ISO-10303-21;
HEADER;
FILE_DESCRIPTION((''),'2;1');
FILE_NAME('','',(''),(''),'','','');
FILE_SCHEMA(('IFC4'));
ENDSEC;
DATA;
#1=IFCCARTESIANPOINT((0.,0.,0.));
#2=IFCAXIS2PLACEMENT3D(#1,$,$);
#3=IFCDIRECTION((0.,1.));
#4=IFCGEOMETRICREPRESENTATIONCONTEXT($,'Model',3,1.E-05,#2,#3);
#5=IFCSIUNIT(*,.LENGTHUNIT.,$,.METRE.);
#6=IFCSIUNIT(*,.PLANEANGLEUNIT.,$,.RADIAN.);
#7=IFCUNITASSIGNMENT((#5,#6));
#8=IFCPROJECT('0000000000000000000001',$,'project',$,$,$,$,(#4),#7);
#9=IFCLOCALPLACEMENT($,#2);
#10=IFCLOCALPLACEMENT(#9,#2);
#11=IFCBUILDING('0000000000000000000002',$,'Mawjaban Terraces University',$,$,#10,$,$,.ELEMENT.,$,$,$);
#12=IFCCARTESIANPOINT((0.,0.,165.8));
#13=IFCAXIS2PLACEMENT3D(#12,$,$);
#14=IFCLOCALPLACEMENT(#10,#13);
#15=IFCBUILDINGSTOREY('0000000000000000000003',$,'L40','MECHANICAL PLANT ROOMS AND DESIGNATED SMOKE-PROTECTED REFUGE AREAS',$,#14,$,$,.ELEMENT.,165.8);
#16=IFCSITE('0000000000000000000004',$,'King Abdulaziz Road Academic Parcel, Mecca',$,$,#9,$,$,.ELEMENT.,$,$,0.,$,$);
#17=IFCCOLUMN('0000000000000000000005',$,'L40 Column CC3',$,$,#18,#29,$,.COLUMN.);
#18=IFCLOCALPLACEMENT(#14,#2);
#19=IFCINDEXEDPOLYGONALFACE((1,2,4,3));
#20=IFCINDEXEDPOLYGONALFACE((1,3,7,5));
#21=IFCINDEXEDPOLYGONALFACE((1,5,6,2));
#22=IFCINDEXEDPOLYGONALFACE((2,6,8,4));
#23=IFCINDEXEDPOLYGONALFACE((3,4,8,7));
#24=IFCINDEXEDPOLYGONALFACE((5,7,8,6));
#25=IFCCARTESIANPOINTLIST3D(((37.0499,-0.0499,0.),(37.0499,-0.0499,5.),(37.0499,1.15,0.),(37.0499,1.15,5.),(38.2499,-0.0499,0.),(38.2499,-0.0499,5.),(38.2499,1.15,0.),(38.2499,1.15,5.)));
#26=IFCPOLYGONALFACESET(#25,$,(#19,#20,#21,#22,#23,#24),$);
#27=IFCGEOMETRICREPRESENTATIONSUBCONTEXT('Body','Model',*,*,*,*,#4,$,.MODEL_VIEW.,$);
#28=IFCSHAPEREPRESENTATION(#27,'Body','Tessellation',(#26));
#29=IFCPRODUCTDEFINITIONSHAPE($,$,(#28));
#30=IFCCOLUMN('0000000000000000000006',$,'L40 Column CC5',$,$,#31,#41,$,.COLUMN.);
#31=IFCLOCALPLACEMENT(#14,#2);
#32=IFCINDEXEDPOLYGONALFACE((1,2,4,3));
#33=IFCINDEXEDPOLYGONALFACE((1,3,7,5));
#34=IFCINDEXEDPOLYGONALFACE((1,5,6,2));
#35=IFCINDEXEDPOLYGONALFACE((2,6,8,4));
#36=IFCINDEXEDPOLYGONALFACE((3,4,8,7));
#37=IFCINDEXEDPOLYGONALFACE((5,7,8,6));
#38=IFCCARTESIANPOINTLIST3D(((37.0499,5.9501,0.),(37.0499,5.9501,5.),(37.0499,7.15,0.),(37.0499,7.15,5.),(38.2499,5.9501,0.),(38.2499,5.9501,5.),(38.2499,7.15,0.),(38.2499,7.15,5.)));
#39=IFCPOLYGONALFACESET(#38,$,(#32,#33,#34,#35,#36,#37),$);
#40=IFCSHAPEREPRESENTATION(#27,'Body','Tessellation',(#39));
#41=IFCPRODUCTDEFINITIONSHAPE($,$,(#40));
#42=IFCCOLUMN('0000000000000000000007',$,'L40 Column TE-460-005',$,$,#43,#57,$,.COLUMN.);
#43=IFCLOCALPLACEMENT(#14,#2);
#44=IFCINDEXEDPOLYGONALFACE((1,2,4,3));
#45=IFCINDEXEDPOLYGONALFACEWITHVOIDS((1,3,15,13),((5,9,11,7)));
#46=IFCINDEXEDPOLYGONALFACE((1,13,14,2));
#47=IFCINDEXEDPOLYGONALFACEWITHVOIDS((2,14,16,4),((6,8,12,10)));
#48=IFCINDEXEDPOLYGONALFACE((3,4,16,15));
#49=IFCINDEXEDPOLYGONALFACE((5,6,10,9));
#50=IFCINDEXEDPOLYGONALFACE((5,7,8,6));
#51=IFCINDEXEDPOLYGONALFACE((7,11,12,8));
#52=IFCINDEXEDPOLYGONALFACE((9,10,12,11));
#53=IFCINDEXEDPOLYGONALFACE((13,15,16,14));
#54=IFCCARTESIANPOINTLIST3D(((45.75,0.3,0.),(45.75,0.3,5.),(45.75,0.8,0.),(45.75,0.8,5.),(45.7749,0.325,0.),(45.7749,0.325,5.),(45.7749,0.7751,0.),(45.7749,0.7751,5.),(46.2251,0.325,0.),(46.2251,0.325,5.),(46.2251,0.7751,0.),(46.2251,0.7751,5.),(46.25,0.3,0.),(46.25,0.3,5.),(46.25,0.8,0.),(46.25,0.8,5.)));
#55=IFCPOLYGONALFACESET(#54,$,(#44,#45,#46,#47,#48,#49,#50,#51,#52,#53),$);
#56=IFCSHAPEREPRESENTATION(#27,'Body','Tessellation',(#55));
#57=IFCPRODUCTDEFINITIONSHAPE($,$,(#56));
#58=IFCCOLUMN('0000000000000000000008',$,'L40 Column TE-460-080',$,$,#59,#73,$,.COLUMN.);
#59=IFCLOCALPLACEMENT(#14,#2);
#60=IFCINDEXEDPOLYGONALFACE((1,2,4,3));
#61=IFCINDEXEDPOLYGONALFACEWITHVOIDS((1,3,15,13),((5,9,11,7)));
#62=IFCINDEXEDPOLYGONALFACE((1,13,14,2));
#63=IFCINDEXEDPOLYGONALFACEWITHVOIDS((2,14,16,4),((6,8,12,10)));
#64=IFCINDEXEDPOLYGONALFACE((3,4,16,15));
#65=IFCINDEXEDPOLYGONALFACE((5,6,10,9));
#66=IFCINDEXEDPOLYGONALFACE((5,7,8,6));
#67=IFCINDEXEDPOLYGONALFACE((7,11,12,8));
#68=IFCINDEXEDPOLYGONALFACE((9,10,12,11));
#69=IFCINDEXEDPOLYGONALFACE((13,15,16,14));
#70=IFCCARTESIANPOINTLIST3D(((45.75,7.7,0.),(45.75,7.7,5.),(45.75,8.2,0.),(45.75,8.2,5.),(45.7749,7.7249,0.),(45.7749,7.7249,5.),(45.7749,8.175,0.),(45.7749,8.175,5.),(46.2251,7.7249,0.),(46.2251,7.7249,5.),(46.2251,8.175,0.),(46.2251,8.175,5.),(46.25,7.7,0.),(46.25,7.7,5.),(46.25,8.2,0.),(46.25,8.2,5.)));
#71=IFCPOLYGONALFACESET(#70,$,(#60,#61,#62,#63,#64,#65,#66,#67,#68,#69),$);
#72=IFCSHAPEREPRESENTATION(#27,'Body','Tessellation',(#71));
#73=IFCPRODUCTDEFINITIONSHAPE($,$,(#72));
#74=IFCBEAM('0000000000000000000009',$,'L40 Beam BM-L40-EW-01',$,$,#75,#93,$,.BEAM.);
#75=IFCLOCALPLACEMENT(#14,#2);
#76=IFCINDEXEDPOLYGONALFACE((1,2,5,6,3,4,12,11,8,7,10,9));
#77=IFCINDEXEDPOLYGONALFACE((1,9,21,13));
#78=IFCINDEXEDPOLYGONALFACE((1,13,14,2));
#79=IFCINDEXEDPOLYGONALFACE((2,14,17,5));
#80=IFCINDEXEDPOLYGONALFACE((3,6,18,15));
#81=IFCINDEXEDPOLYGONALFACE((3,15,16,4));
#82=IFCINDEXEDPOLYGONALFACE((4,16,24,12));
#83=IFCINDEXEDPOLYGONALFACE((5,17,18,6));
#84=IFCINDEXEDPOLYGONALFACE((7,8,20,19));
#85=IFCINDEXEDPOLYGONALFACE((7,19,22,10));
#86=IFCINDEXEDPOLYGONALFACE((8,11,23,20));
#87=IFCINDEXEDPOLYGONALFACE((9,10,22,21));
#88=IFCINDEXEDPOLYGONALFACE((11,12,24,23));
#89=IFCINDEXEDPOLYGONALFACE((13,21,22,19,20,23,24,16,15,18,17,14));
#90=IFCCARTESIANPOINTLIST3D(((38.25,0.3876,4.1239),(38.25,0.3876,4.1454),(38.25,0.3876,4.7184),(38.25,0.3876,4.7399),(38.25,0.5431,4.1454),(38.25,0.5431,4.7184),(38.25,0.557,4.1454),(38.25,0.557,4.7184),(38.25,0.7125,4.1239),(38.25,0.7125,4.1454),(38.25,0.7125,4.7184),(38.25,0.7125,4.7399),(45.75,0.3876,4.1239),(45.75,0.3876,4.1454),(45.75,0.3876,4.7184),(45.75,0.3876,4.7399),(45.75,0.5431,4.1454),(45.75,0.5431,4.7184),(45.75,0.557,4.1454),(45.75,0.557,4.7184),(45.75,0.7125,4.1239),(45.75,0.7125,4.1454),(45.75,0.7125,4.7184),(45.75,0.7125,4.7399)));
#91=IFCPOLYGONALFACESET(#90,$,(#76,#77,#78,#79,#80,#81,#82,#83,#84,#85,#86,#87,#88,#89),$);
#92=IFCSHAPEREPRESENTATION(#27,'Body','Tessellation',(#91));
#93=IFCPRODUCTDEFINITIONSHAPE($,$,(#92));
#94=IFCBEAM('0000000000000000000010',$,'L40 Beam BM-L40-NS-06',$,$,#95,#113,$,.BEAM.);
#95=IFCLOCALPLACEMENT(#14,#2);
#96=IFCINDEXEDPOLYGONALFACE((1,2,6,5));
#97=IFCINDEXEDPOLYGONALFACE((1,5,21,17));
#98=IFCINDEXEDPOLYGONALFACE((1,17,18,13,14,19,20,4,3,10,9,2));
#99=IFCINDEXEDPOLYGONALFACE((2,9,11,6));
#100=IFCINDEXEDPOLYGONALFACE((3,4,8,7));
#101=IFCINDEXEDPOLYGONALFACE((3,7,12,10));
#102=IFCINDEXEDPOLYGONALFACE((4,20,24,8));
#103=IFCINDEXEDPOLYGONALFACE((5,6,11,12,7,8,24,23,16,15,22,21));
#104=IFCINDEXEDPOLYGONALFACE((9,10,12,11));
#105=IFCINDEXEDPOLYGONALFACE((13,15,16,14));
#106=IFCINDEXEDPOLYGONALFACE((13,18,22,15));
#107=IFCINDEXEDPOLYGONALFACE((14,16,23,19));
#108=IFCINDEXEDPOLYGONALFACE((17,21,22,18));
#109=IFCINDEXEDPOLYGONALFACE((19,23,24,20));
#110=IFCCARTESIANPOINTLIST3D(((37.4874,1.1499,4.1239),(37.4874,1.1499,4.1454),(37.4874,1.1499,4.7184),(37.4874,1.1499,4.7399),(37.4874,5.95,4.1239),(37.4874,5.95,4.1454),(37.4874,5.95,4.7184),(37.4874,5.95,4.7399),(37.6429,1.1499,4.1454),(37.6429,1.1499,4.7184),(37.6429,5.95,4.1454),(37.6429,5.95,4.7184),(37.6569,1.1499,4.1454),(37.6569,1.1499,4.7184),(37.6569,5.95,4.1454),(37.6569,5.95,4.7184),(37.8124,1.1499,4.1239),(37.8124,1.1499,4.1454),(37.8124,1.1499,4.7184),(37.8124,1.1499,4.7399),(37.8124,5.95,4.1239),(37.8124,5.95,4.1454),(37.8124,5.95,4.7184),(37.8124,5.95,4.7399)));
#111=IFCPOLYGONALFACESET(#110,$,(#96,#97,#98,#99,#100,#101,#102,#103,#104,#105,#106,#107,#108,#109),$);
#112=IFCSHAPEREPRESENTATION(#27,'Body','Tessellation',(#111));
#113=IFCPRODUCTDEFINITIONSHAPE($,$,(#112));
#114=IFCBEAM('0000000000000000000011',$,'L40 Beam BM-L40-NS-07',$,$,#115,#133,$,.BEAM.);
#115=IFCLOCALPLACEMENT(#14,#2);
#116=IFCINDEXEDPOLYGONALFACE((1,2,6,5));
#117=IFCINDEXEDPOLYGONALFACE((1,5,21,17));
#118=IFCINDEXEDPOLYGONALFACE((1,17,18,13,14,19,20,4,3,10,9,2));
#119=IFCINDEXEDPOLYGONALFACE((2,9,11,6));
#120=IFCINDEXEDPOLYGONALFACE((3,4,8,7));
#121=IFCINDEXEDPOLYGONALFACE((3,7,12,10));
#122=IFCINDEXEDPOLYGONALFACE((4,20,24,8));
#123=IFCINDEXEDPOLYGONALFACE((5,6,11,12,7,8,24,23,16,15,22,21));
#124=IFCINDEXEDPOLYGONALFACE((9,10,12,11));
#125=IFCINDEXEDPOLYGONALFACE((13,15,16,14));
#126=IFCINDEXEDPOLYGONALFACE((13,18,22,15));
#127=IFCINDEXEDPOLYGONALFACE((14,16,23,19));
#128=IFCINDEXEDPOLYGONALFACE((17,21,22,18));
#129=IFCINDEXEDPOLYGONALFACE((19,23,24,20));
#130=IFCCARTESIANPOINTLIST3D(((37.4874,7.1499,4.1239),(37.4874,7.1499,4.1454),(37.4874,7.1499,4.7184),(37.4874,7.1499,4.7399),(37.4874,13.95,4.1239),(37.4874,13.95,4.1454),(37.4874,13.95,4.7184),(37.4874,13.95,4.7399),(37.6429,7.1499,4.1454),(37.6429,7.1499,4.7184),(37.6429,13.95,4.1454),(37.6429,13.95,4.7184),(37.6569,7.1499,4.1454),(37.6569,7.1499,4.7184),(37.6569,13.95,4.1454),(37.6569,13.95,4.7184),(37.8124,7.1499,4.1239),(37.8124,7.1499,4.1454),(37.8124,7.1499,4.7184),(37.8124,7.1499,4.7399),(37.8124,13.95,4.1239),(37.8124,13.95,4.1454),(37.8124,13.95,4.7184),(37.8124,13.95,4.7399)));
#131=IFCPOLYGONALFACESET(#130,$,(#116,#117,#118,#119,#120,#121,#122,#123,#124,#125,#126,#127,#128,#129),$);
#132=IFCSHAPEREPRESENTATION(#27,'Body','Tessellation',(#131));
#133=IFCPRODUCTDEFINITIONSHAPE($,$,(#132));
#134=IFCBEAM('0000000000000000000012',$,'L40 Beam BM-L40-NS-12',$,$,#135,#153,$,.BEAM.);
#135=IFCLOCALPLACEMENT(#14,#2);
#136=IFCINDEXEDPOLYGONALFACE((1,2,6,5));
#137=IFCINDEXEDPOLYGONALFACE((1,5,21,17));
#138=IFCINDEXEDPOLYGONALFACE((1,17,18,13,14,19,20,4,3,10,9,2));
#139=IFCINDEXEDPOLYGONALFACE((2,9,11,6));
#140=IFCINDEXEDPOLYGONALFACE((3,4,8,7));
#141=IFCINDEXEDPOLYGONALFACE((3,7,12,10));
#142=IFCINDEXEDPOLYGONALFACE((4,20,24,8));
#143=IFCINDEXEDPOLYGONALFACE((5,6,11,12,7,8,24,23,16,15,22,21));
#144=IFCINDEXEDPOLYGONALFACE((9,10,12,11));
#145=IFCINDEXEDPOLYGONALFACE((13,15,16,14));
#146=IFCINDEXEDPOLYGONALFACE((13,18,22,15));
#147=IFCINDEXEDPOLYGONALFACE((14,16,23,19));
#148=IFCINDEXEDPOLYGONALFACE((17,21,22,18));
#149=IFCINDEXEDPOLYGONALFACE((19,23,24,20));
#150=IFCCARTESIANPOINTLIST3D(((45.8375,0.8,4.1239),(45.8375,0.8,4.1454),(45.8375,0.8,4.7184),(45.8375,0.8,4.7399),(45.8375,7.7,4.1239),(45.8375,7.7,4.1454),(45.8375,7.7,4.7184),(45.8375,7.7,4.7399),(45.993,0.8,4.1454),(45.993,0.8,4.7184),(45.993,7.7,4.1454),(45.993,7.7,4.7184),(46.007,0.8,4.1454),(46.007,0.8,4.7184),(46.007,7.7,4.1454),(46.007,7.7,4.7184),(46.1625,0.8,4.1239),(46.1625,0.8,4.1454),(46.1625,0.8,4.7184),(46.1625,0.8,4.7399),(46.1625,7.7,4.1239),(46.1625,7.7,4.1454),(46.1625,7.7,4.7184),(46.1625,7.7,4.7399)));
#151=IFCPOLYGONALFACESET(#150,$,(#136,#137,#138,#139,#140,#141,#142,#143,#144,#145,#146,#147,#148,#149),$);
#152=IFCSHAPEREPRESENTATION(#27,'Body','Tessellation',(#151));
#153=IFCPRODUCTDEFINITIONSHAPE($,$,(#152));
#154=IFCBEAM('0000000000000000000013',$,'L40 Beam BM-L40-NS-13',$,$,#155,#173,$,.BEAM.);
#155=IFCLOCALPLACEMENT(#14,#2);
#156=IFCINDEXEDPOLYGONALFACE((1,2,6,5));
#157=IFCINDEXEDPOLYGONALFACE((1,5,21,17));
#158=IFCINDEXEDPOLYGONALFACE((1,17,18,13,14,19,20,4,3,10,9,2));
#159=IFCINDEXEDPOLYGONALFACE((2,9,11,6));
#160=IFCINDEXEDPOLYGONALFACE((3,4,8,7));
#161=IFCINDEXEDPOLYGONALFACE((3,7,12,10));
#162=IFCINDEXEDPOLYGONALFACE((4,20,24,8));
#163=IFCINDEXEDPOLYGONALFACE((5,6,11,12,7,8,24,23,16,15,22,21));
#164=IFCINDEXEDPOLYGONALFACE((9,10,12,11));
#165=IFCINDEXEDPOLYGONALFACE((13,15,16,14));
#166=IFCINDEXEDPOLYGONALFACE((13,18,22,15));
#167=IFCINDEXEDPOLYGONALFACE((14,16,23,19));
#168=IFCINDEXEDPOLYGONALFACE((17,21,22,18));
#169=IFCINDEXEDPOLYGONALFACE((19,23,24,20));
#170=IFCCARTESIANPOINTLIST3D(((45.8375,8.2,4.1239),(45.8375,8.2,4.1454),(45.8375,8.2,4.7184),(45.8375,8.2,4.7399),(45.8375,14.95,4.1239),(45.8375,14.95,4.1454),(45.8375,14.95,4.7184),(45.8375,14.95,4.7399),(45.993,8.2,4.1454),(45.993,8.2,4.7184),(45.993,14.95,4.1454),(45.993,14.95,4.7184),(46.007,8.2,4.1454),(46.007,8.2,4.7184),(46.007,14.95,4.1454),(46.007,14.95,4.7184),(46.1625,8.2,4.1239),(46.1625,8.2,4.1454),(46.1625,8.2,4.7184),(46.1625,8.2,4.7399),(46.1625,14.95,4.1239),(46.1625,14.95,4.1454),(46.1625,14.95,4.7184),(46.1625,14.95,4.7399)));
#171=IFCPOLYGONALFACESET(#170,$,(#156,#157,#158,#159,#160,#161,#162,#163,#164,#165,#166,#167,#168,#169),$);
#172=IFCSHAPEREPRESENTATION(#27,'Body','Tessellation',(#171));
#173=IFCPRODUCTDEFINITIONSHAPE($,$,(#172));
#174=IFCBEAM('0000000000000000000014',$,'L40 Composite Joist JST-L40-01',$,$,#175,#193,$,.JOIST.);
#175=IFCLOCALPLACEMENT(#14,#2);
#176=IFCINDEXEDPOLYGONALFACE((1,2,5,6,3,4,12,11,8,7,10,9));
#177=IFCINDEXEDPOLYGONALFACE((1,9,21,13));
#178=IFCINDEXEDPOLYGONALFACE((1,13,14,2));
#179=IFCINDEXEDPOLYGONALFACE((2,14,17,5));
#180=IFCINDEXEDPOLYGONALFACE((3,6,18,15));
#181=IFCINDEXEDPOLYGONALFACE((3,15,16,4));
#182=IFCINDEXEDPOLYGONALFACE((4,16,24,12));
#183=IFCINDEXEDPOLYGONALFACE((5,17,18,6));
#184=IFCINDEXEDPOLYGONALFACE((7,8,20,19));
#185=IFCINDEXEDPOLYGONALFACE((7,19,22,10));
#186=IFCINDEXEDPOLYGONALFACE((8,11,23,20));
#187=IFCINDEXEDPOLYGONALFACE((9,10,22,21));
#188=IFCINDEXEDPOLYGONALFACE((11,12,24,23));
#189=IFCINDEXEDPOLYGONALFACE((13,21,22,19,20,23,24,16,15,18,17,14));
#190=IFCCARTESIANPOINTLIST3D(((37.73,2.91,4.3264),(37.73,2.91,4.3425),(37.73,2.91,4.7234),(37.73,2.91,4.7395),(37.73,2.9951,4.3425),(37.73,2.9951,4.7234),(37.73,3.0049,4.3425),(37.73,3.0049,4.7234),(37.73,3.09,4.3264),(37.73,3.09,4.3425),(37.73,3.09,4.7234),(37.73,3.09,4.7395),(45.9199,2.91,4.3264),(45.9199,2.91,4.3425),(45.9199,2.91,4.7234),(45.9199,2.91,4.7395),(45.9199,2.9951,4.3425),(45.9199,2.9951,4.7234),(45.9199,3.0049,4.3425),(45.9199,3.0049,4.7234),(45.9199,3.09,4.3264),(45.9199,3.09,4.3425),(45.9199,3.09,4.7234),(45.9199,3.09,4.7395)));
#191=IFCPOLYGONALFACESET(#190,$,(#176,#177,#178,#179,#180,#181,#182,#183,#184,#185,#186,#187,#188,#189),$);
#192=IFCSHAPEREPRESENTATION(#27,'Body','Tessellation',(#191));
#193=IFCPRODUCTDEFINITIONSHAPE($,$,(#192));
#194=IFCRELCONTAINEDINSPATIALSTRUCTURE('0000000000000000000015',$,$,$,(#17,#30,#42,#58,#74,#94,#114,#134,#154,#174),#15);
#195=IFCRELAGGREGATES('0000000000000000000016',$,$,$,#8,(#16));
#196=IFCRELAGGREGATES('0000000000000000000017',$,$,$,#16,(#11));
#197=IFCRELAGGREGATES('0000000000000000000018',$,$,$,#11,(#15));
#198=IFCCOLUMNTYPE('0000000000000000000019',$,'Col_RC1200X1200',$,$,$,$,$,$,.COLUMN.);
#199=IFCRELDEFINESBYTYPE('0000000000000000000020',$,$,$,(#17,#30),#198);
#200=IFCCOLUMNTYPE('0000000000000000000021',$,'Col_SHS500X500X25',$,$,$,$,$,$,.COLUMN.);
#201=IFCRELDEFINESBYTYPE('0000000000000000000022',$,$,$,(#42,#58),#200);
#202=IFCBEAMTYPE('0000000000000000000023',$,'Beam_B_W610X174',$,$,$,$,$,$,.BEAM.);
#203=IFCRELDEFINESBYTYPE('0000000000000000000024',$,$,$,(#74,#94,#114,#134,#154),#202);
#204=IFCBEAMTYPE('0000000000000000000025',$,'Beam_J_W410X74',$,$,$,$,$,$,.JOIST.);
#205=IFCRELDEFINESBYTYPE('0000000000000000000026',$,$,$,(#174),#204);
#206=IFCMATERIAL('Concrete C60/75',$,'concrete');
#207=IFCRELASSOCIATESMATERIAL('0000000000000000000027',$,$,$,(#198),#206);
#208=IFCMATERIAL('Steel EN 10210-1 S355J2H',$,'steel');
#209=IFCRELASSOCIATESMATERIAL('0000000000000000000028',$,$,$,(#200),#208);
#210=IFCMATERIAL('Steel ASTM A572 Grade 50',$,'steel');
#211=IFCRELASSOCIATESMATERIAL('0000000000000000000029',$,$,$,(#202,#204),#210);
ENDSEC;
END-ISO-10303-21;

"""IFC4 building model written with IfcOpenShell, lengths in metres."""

from ifc_helpers import new_model, si_unit, direction, frame, origin, origin_2d, place, context, subcontext, project, spatial, rectangle, hollow_rectangle, i_section, extrude, material, material_profile, profile_set, type_object, element, save


model = new_model("IFC4")

# Units and contexts
model_context = context("Model", 3, precision=1e-05, world=origin(), true_north=direction((0.0, 1.0)))
body_context = subcontext(model_context, "Body", "Model", "MODEL_VIEW")
ifc_project = project(units=[si_unit("LENGTHUNIT", "METRE"), si_unit("PLANEANGLEUNIT", "RADIAN")], contexts=[model_context])

# Site, building, storey
site_placement = place(None, origin())
site = spatial("IfcSite", under=ifc_project, at=site_placement, Name="King Abdulaziz Road Academic Parcel, Mecca", CompositionType="ELEMENT", RefElevation=0.0)
building_placement = place(site_placement, origin())
building = spatial("IfcBuilding", under=site, at=building_placement, Name="Mawjaban Terraces University", CompositionType="ELEMENT")
storey_placement = place(building_placement, frame((0.0, 0.0, 165.8)))
storey = spatial("IfcBuildingStorey", under=building, at=storey_placement, Name="L40", Description="MECHANICAL PLANT ROOMS AND DESIGNATED SMOKE-PROTECTED REFUGE AREAS", CompositionType="ELEMENT", Elevation=165.8)

# Columns
ifc_material_1 = material(Name="Concrete C60/75", Category="concrete")
ifc_material_profile_1 = material_profile(ifc_material_1, rectangle(XDim=1.2, YDim=1.2, at=origin_2d()), Name="RC1200X1200")
ifc_profile_set_1 = profile_set([ifc_material_profile_1], Name="Concrete C60/75")
column_type_1 = type_object("IfcColumnType", Name="Col_RC1200X1200", PredefinedType="COLUMN", material=ifc_profile_set_1)
for number, where, z_axis, x_axis, name in (
    (1, (37.6499, 0.55, 0.0), (0.0, 0.0, 1.0), (1.0, 0.0, 0.0), "L40 Column CC3"),
    (2, (37.6499, 6.55, 0.0), (0.0, 0.0, 1.0), (1.0, 0.0, 0.0), "L40 Column CC5"),
):
    element("IfcColumn", number, at=place(storey_placement, frame(where, z_axis=z_axis, x_axis=x_axis)), inside=storey, type_object=column_type_1, Name=name, PredefinedType="COLUMN", context=body_context, shape_type="SweptSolid", body=[
        extrude(rectangle(XDim=1.2, YDim=1.2, at=origin_2d()), origin(), (0.0, 0.0, 1.0), 5.0),
    ])
ifc_material_2 = material(Name="Steel EN 10210-1 S355J2H", Category="steel")
ifc_material_profile_2 = material_profile(ifc_material_2, hollow_rectangle(XDim=0.5, YDim=0.5, WallThickness=0.0249, at=origin_2d()), Name="SHS500X500X25")
ifc_profile_set_2 = profile_set([ifc_material_profile_2], Name="Steel EN 10210-1 S355J2H")
column_type_2 = type_object("IfcColumnType", Name="Col_SHS500X500X25", PredefinedType="COLUMN", material=ifc_profile_set_2)
for number, where, z_axis, x_axis, name in (
    (3, (46.0, 0.55, 0.0), (0.0, 0.0, 1.0), (1.0, 0.0, 0.0), "L40 Column TE-460-005"),
    (4, (46.0, 7.95, 0.0), (0.0, 0.0, 1.0), (1.0, 0.0, 0.0), "L40 Column TE-460-080"),
):
    element("IfcColumn", number, at=place(storey_placement, frame(where, z_axis=z_axis, x_axis=x_axis)), inside=storey, type_object=column_type_2, Name=name, PredefinedType="COLUMN", context=body_context, shape_type="SweptSolid", body=[
        extrude(hollow_rectangle(XDim=0.5, YDim=0.5, WallThickness=0.0249, at=origin_2d()), origin(), (0.0, 0.0, 1.0), 5.0),
    ])

# Beams
ifc_material_3 = material(Name="Steel ASTM A572 Grade 50", Category="steel")
ifc_material_profile_3 = material_profile(ifc_material_3, i_section(OverallWidth=0.325, OverallDepth=0.616, WebThickness=0.0139, FlangeThickness=0.0215, at=origin_2d()), Name="W610X174")
ifc_profile_set_3 = profile_set([ifc_material_profile_3], Name="Steel ASTM A572 Grade 50")
beam_type_1 = type_object("IfcBeamType", Name="Beam_B_W610X174", PredefinedType="BEAM", material=ifc_profile_set_3)
beam_1_placement = place(storey_placement, frame((38.25, 0.55, 4.4319), z_axis=(1.0, 0.0, 0.0), x_axis=(0.0, 1.0, 0.0)))
element("IfcBeam", 5, at=beam_1_placement, inside=storey, type_object=beam_type_1, Name="L40 Beam BM-L40-EW-01", PredefinedType="BEAM", context=body_context, shape_type="SweptSolid", body=[
    extrude(i_section(OverallWidth=0.325, OverallDepth=0.616, WebThickness=0.0139, FlangeThickness=0.0215, at=origin_2d()), origin(), (0.0, 0.0, 1.0), 7.5),
])
beam_2_placement = place(storey_placement, frame((37.6499, 1.1499, 4.4319), z_axis=(0.0, 1.0, 0.0), x_axis=(-1.0, 0.0, 0.0)))
element("IfcBeam", 6, at=beam_2_placement, inside=storey, type_object=beam_type_1, Name="L40 Beam BM-L40-NS-06", PredefinedType="BEAM", context=body_context, shape_type="SweptSolid", body=[
    extrude(i_section(OverallWidth=0.325, OverallDepth=0.616, WebThickness=0.0139, FlangeThickness=0.0215, at=origin_2d()), origin(), (0.0, 0.0, 1.0), 4.8),
])
beam_3_placement = place(storey_placement, frame((37.6499, 7.1499, 4.4319), z_axis=(0.0, 1.0, 0.0), x_axis=(-1.0, 0.0, 0.0)))
element("IfcBeam", 7, at=beam_3_placement, inside=storey, type_object=beam_type_1, Name="L40 Beam BM-L40-NS-07", PredefinedType="BEAM", context=body_context, shape_type="SweptSolid", body=[
    extrude(i_section(OverallWidth=0.325, OverallDepth=0.616, WebThickness=0.0139, FlangeThickness=0.0215, at=origin_2d()), origin(), (0.0, 0.0, 1.0), 6.8),
])
beam_4_placement = place(storey_placement, frame((46.0, 0.8, 4.4319), z_axis=(0.0, 1.0, 0.0), x_axis=(-1.0, 0.0, 0.0)))
element("IfcBeam", 8, at=beam_4_placement, inside=storey, type_object=beam_type_1, Name="L40 Beam BM-L40-NS-12", PredefinedType="BEAM", context=body_context, shape_type="SweptSolid", body=[
    extrude(i_section(OverallWidth=0.325, OverallDepth=0.616, WebThickness=0.0139, FlangeThickness=0.0215, at=origin_2d()), origin(), (0.0, 0.0, 1.0), 6.8999),
])
beam_5_placement = place(storey_placement, frame((46.0, 8.2, 4.4319), z_axis=(0.0, 1.0, 0.0), x_axis=(-1.0, 0.0, 0.0)))
element("IfcBeam", 9, at=beam_5_placement, inside=storey, type_object=beam_type_1, Name="L40 Beam BM-L40-NS-13", PredefinedType="BEAM", context=body_context, shape_type="SweptSolid", body=[
    extrude(i_section(OverallWidth=0.325, OverallDepth=0.616, WebThickness=0.0139, FlangeThickness=0.0215, at=origin_2d()), origin(), (0.0, 0.0, 1.0), 6.75),
])
ifc_material_profile_4 = material_profile(ifc_material_3, i_section(OverallWidth=0.1799, OverallDepth=0.4131, WebThickness=0.0098, FlangeThickness=0.0161, at=origin_2d()), Name="W410X74")
ifc_profile_set_4 = profile_set([ifc_material_profile_4], Name="Steel ASTM A572 Grade 50")
beam_type_2 = type_object("IfcBeamType", Name="Beam_J_W410X74", PredefinedType="JOIST", material=ifc_profile_set_4)
beam_6_placement = place(storey_placement, frame((37.73, 3.0, 4.533), z_axis=(1.0, 0.0, 0.0), x_axis=(0.0, 1.0, 0.0)))
element("IfcBeam", 10, at=beam_6_placement, inside=storey, type_object=beam_type_2, Name="L40 Composite Joist JST-L40-01", PredefinedType="JOIST", context=body_context, shape_type="SweptSolid", body=[
    extrude(i_section(OverallWidth=0.1799, OverallDepth=0.4131, WebThickness=0.0098, FlangeThickness=0.0161, at=origin_2d()), origin(), (0.0, 0.0, 1.0), 8.1899),
])

save(model, "model.ifc")
